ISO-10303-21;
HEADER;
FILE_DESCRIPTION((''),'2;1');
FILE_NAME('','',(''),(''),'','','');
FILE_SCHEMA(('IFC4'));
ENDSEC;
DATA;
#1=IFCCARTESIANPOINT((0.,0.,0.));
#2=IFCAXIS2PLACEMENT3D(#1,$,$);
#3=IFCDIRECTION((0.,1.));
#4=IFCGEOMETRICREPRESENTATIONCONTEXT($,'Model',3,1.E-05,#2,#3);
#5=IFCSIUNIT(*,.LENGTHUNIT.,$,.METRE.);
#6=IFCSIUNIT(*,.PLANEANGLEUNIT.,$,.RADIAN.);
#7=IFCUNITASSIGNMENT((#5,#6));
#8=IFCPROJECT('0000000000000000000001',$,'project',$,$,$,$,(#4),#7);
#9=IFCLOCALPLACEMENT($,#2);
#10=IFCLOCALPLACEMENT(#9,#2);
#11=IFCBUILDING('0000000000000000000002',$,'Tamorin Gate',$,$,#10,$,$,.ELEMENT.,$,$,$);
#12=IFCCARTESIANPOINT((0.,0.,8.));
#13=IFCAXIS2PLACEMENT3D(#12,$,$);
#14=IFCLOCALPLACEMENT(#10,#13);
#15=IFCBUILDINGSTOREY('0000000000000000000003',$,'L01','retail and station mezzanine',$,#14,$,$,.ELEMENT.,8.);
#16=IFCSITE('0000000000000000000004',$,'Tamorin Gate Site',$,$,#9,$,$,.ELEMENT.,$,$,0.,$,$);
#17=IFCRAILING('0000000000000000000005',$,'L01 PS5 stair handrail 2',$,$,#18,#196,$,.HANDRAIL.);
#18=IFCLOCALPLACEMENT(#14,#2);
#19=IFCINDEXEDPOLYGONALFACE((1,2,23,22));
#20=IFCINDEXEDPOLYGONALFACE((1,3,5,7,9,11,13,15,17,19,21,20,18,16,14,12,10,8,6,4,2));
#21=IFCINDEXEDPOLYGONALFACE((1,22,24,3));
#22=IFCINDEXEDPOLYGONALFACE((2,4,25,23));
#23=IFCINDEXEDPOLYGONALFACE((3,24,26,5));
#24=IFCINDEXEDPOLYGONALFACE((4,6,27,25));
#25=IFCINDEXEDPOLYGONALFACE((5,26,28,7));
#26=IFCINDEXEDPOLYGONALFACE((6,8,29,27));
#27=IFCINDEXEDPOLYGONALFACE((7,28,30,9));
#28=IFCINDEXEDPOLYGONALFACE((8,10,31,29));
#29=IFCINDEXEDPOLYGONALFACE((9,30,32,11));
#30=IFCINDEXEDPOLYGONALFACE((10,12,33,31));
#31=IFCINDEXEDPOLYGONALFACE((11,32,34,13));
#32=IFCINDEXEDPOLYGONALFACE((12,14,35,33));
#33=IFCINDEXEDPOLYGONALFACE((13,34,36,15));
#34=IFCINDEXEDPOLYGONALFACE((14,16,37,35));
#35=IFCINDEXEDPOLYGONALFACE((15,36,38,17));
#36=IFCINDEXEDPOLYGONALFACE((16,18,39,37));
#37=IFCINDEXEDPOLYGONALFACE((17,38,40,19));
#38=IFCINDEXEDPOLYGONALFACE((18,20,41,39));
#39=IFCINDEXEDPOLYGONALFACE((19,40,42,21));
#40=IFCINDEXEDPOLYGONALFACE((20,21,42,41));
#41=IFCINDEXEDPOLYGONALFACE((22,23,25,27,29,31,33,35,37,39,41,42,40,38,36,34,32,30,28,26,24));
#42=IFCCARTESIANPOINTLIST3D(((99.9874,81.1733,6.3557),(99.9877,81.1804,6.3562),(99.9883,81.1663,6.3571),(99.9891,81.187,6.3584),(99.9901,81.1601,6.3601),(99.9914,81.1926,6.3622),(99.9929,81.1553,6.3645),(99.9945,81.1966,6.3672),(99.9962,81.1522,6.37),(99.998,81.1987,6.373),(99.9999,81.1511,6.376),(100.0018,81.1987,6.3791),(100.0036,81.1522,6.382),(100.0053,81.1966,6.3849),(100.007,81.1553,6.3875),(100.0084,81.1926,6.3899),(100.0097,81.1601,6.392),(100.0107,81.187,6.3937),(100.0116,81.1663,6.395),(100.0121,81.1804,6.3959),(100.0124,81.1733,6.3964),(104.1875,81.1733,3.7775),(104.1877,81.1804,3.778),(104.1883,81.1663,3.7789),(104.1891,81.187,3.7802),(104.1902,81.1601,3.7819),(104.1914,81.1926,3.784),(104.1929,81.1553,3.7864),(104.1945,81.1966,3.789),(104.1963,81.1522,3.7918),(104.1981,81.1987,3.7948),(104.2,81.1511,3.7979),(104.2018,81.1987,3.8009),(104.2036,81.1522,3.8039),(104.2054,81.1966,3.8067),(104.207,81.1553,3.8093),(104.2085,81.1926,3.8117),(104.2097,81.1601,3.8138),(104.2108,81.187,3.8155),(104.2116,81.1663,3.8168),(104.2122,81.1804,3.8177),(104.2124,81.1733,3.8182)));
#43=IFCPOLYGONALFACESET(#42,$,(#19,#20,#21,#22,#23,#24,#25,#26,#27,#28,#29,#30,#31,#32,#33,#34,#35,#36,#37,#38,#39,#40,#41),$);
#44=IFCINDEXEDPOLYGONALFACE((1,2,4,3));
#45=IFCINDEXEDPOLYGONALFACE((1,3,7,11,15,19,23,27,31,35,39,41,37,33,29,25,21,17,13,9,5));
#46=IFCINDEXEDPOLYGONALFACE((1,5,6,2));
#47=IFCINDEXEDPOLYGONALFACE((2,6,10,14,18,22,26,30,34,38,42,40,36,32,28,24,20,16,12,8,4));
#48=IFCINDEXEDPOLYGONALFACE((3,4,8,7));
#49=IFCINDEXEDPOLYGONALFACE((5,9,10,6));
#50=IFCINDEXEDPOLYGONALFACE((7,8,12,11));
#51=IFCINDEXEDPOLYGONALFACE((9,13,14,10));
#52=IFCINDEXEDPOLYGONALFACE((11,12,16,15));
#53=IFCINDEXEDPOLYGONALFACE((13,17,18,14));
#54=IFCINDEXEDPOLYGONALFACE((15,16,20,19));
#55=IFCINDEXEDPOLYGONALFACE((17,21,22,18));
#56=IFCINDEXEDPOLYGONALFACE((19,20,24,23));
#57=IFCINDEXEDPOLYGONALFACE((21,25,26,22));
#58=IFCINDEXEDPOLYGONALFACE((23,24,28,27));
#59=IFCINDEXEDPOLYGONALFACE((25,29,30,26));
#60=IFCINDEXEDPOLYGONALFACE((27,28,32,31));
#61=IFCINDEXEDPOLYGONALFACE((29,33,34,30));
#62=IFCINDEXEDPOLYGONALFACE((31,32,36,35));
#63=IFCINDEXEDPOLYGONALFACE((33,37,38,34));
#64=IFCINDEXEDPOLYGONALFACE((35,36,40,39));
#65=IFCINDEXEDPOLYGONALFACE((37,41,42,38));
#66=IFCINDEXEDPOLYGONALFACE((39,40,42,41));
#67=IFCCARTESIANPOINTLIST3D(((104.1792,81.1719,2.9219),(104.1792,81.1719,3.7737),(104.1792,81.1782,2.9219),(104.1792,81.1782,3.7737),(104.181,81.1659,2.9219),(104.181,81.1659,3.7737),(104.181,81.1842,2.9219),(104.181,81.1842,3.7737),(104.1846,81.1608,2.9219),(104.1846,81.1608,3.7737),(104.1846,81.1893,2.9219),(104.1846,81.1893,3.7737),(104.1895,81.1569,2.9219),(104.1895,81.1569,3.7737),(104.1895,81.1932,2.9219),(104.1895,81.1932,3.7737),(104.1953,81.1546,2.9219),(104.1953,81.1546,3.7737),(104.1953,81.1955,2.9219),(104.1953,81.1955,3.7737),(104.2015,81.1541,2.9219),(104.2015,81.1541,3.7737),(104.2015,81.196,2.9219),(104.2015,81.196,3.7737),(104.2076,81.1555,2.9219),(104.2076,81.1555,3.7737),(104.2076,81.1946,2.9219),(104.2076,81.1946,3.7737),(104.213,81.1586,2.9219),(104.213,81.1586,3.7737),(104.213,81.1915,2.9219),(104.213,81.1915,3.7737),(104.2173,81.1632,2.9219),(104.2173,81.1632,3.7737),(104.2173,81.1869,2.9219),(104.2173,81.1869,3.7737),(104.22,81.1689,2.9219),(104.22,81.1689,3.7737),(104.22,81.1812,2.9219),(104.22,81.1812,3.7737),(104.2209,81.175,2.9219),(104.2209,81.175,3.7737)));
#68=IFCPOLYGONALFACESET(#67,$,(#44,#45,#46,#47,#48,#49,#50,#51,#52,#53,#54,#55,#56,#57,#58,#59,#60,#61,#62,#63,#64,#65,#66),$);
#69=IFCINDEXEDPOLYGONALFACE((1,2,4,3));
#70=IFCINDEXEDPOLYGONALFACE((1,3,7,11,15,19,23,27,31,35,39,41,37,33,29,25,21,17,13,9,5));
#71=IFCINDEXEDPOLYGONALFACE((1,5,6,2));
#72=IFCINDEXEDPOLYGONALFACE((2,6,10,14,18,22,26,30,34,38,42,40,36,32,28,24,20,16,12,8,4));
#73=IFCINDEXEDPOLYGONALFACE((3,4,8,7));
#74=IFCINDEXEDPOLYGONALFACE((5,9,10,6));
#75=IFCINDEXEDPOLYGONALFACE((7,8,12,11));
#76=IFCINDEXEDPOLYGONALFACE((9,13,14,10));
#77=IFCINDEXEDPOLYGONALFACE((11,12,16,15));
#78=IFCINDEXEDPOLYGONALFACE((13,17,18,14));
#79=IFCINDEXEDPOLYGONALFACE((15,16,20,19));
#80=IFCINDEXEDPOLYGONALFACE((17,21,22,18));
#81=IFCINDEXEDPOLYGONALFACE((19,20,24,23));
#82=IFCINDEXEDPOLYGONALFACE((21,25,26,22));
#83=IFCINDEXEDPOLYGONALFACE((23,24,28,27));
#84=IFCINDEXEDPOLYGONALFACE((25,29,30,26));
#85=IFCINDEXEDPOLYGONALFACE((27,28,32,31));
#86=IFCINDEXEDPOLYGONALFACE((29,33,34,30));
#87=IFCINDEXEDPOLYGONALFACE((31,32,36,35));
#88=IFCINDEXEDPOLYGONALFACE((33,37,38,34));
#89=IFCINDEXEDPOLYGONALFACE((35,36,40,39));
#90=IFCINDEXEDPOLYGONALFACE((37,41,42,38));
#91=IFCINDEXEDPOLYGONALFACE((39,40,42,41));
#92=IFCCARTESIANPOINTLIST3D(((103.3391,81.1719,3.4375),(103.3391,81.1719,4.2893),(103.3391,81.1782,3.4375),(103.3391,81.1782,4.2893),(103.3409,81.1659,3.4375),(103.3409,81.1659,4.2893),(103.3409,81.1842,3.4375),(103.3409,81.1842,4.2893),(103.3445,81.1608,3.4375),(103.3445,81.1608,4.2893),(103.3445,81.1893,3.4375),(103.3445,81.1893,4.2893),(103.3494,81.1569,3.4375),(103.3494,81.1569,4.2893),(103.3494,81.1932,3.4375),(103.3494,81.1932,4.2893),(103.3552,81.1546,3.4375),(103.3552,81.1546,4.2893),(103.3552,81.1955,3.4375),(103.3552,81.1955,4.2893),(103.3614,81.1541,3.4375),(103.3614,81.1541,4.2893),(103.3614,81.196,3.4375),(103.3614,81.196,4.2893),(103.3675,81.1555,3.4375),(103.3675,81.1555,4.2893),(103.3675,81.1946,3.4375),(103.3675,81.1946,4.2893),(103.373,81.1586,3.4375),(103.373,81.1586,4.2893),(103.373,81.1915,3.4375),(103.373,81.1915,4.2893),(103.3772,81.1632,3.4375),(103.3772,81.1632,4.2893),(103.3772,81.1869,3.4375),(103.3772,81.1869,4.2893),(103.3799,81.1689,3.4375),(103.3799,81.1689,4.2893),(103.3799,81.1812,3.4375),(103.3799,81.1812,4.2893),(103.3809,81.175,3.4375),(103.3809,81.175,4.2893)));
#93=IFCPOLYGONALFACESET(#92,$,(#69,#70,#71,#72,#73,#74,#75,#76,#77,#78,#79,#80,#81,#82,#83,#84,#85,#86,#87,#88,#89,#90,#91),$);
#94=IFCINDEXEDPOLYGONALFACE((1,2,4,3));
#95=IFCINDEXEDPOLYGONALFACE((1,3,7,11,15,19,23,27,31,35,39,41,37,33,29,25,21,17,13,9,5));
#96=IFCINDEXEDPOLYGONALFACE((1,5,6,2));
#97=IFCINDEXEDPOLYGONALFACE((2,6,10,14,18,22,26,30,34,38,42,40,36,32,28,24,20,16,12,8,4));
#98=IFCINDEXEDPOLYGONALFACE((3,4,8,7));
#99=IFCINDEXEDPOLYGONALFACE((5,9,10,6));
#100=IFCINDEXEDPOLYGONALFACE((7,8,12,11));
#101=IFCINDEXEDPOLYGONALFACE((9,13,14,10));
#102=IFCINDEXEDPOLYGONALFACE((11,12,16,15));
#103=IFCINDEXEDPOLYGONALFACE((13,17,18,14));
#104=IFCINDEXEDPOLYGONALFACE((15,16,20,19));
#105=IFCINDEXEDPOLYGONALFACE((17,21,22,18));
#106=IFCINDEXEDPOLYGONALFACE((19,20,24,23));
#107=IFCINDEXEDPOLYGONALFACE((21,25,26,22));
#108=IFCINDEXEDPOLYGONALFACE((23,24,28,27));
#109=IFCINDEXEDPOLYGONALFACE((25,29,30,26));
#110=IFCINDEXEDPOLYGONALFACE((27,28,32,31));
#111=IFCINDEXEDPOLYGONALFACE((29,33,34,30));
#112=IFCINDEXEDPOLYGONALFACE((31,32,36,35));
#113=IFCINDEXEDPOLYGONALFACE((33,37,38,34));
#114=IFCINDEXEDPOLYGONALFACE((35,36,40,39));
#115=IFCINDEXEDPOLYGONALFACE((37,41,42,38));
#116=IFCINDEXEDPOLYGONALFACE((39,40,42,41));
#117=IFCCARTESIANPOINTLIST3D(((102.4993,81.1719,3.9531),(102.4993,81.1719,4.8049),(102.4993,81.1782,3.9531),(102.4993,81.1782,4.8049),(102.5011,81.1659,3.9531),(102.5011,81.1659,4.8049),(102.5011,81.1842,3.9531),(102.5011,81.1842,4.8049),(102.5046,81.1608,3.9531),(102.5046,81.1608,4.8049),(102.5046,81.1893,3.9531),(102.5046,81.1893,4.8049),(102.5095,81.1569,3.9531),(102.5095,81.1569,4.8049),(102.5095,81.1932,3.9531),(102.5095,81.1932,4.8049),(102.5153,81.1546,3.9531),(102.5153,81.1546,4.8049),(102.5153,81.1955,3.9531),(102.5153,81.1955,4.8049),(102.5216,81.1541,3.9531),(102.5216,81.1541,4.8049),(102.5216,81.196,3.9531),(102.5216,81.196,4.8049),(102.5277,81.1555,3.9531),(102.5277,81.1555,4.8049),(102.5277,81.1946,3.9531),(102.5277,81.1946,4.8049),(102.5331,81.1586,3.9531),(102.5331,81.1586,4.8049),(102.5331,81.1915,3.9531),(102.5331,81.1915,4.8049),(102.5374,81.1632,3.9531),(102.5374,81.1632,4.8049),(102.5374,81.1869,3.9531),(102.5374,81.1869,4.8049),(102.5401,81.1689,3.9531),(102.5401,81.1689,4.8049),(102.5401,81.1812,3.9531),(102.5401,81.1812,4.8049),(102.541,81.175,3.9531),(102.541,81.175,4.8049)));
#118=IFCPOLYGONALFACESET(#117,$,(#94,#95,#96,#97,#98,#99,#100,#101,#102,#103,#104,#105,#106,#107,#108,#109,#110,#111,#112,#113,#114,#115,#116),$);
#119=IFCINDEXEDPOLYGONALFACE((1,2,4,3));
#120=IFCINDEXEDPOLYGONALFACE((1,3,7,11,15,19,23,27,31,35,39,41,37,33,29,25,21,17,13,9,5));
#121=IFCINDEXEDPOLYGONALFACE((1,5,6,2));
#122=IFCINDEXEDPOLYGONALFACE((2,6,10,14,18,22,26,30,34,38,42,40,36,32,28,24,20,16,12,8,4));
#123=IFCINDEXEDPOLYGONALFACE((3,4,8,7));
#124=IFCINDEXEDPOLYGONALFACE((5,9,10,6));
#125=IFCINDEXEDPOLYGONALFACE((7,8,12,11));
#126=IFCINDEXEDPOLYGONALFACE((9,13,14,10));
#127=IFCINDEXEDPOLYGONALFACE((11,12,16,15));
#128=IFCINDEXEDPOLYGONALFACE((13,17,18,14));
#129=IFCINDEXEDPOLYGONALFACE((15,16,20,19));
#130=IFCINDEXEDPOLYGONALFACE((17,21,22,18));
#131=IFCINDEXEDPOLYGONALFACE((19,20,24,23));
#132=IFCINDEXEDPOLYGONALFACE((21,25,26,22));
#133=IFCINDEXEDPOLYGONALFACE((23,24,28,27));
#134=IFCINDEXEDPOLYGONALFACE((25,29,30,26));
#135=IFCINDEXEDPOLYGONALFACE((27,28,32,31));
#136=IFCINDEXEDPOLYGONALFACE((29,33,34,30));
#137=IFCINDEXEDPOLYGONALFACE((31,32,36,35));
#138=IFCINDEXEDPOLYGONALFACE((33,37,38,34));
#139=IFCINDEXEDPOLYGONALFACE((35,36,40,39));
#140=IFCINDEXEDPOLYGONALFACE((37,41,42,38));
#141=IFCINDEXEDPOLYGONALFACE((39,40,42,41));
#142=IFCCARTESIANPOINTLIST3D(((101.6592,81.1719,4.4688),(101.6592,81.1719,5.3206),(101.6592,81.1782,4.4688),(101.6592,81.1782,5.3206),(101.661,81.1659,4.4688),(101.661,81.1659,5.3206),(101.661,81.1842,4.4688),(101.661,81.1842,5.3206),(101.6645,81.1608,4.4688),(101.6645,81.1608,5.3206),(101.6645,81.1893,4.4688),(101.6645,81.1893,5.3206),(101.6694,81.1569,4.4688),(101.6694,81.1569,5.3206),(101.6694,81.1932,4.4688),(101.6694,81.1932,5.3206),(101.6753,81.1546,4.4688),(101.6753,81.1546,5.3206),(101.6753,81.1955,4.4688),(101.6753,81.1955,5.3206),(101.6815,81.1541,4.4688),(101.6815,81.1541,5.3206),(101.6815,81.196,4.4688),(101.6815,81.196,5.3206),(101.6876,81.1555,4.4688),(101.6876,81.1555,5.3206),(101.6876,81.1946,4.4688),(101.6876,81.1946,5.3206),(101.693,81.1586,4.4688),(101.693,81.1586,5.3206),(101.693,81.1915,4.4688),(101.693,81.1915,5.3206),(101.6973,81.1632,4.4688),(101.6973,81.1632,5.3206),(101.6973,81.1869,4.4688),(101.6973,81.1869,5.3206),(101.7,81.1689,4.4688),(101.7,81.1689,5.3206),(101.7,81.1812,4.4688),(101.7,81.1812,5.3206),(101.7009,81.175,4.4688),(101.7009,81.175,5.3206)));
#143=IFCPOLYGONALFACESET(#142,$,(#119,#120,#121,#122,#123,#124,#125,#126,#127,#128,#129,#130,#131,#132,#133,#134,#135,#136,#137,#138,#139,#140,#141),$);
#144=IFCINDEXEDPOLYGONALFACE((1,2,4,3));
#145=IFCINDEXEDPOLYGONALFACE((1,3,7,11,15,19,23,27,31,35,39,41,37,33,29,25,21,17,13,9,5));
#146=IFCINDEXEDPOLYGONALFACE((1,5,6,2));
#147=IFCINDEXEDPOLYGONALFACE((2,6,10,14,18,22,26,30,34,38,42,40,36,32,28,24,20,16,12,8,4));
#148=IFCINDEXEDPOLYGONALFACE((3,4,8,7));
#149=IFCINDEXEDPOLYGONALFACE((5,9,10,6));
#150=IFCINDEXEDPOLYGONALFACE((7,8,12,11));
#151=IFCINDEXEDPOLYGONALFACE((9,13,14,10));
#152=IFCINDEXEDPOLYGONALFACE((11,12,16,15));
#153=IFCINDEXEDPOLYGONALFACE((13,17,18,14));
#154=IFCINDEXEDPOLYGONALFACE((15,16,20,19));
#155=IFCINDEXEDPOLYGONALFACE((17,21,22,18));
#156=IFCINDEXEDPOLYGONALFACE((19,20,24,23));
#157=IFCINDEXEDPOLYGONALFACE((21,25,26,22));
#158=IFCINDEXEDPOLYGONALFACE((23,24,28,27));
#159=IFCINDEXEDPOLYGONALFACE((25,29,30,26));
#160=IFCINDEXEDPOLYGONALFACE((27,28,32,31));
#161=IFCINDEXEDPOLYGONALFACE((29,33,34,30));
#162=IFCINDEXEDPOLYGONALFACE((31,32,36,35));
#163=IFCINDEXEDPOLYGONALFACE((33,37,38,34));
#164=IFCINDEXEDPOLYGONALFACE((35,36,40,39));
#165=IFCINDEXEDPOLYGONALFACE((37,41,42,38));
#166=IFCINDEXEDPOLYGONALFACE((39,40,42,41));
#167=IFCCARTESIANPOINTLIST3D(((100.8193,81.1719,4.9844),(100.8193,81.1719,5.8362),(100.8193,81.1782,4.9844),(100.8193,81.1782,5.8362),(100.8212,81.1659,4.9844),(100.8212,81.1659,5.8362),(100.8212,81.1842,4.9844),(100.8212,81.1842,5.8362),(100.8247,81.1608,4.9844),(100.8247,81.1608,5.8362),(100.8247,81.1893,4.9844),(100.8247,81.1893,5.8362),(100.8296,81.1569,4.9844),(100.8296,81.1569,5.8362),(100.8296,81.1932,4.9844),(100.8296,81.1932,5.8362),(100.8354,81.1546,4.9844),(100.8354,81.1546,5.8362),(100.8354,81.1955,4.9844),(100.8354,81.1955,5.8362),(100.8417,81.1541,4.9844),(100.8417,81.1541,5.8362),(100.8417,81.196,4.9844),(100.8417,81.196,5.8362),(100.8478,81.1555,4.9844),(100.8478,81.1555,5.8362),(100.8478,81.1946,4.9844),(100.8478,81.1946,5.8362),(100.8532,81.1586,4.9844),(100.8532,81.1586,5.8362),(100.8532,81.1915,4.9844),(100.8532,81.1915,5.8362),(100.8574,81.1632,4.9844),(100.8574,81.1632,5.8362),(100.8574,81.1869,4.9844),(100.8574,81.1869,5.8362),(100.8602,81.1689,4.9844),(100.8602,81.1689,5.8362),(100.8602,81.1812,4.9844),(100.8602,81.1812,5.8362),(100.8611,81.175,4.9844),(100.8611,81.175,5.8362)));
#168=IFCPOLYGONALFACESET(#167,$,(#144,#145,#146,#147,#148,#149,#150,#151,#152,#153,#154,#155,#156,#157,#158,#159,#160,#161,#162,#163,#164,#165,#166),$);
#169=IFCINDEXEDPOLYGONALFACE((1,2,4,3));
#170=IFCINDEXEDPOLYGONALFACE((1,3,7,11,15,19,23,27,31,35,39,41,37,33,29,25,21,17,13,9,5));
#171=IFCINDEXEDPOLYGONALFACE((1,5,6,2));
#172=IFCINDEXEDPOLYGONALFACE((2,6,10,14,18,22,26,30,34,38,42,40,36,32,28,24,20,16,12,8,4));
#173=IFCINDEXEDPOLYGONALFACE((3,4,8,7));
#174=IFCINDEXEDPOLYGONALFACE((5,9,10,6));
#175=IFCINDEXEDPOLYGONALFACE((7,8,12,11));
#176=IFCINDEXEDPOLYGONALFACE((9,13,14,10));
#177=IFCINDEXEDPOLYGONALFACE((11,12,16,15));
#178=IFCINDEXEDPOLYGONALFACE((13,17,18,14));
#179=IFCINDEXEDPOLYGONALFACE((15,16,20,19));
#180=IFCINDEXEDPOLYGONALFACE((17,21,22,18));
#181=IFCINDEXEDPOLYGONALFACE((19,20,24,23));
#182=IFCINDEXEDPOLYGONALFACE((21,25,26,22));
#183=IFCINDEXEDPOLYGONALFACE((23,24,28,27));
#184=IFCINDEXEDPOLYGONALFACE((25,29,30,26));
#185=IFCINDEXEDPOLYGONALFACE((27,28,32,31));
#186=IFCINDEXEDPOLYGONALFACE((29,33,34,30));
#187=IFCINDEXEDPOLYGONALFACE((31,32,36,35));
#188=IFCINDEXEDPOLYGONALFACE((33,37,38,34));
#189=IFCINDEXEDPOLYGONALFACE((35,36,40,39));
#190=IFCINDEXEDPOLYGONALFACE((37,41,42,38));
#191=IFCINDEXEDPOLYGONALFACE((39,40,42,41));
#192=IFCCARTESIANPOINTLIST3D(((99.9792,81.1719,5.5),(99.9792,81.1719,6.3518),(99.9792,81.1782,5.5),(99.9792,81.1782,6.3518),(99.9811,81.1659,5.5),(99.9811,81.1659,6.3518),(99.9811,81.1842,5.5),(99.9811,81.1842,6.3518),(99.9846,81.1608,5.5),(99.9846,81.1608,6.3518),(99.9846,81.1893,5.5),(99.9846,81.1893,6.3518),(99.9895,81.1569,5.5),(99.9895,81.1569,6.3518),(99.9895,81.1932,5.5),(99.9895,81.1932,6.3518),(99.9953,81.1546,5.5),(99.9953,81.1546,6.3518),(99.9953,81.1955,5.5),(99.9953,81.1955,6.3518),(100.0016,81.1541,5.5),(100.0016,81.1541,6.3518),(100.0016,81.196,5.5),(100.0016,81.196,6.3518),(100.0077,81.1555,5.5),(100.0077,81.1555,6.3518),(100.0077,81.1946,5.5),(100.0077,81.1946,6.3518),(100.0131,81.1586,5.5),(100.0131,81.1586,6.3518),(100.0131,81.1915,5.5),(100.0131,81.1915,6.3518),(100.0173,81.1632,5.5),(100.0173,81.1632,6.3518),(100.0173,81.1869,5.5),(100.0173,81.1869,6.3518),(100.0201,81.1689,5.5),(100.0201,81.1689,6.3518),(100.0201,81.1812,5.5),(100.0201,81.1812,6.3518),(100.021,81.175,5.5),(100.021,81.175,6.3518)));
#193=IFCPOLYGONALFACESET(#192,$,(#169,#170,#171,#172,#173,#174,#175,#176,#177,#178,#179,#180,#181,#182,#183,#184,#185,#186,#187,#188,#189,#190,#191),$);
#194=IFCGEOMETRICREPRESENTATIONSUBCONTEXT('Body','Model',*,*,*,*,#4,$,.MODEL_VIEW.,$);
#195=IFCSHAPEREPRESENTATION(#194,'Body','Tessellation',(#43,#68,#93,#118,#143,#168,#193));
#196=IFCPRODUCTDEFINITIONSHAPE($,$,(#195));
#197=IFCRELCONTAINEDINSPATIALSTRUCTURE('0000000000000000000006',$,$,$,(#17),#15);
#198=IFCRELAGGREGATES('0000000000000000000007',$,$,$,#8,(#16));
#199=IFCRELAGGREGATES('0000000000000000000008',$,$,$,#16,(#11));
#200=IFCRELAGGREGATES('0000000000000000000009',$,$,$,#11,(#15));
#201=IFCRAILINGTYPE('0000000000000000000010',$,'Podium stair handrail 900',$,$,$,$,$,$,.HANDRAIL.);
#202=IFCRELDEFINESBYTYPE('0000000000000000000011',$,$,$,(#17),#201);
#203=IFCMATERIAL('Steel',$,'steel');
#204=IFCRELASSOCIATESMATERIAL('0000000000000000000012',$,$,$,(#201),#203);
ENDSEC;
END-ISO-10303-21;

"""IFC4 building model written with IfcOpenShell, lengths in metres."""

from ifc_helpers import new_model, si_unit, direction, frame, origin, origin_2d, place, context, subcontext, project, spatial, circle, extrude, material, type_object, element, save


model = new_model("IFC4")

# Units and contexts
model_context = context("Model", 3, precision=1e-05, world=origin(), true_north=direction((0.0, 1.0)))
body_context = subcontext(model_context, "Body", "Model", "MODEL_VIEW")
ifc_project = project(units=[si_unit("LENGTHUNIT", "METRE"), si_unit("PLANEANGLEUNIT", "RADIAN")], contexts=[model_context])

# Site, building, storey
site_placement = place(None, origin())
site = spatial("IfcSite", under=ifc_project, at=site_placement, Name="Tamorin Gate Site", CompositionType="ELEMENT", RefElevation=0.0)
building_placement = place(site_placement, origin())
building = spatial("IfcBuilding", under=site, at=building_placement, Name="Tamorin Gate", CompositionType="ELEMENT")
storey_placement = place(building_placement, frame((0.0, 0.0, 8.0)))
storey = spatial("IfcBuildingStorey", under=building, at=storey_placement, Name="L01", Description="retail and station mezzanine", CompositionType="ELEMENT", Elevation=8.0)

# Railing
ifc_material_1 = material(Name="Steel", Category="steel")
railing_type_1 = type_object("IfcRailingType", Name="Podium stair handrail 900", PredefinedType="HANDRAIL", material=ifc_material_1)
for number, where, name in (
    (1, (104.2, 81.175, 2.9219), "L01 PS5 stair handrail 2"),
):
    element("IfcRailing", number, at=place(storey_placement, frame(where)), inside=storey, type_object=railing_type_1, Name=name, PredefinedType="HANDRAIL", context=body_context, shape_type="SweptSolid", body=[
        extrude(circle(Radius=0.0239, at=origin_2d()), frame((0.0, 0.0, 0.876), z_axis=(-0.852243, 0.0, 0.523146), x_axis=(0.0, -1.0, 0.0)), (0.0, 0.0, 1.0), 4.9282),
        extrude(circle(Radius=0.021, at=origin_2d()), origin(), (0.0, 0.0, 1.0), 0.8518),
        extrude(circle(Radius=0.021, at=origin_2d()), frame((-0.8401, 0.0, 0.5156)), (0.0, 0.0, 1.0), 0.8518),
        extrude(circle(Radius=0.021, at=origin_2d()), frame((-1.6799, 0.0, 1.0312)), (0.0, 0.0, 1.0), 0.8518),
        extrude(circle(Radius=0.021, at=origin_2d()), frame((-2.52, 0.0, 1.5469)), (0.0, 0.0, 1.0), 0.8518),
        extrude(circle(Radius=0.021, at=origin_2d()), frame((-3.3599, 0.0, 2.0625)), (0.0, 0.0, 1.0), 0.8518),
        extrude(circle(Radius=0.021, at=origin_2d()), frame((-4.2, 0.0, 2.5781)), (0.0, 0.0, 1.0), 0.8518),
    ])

save(model, "model.ifc")
